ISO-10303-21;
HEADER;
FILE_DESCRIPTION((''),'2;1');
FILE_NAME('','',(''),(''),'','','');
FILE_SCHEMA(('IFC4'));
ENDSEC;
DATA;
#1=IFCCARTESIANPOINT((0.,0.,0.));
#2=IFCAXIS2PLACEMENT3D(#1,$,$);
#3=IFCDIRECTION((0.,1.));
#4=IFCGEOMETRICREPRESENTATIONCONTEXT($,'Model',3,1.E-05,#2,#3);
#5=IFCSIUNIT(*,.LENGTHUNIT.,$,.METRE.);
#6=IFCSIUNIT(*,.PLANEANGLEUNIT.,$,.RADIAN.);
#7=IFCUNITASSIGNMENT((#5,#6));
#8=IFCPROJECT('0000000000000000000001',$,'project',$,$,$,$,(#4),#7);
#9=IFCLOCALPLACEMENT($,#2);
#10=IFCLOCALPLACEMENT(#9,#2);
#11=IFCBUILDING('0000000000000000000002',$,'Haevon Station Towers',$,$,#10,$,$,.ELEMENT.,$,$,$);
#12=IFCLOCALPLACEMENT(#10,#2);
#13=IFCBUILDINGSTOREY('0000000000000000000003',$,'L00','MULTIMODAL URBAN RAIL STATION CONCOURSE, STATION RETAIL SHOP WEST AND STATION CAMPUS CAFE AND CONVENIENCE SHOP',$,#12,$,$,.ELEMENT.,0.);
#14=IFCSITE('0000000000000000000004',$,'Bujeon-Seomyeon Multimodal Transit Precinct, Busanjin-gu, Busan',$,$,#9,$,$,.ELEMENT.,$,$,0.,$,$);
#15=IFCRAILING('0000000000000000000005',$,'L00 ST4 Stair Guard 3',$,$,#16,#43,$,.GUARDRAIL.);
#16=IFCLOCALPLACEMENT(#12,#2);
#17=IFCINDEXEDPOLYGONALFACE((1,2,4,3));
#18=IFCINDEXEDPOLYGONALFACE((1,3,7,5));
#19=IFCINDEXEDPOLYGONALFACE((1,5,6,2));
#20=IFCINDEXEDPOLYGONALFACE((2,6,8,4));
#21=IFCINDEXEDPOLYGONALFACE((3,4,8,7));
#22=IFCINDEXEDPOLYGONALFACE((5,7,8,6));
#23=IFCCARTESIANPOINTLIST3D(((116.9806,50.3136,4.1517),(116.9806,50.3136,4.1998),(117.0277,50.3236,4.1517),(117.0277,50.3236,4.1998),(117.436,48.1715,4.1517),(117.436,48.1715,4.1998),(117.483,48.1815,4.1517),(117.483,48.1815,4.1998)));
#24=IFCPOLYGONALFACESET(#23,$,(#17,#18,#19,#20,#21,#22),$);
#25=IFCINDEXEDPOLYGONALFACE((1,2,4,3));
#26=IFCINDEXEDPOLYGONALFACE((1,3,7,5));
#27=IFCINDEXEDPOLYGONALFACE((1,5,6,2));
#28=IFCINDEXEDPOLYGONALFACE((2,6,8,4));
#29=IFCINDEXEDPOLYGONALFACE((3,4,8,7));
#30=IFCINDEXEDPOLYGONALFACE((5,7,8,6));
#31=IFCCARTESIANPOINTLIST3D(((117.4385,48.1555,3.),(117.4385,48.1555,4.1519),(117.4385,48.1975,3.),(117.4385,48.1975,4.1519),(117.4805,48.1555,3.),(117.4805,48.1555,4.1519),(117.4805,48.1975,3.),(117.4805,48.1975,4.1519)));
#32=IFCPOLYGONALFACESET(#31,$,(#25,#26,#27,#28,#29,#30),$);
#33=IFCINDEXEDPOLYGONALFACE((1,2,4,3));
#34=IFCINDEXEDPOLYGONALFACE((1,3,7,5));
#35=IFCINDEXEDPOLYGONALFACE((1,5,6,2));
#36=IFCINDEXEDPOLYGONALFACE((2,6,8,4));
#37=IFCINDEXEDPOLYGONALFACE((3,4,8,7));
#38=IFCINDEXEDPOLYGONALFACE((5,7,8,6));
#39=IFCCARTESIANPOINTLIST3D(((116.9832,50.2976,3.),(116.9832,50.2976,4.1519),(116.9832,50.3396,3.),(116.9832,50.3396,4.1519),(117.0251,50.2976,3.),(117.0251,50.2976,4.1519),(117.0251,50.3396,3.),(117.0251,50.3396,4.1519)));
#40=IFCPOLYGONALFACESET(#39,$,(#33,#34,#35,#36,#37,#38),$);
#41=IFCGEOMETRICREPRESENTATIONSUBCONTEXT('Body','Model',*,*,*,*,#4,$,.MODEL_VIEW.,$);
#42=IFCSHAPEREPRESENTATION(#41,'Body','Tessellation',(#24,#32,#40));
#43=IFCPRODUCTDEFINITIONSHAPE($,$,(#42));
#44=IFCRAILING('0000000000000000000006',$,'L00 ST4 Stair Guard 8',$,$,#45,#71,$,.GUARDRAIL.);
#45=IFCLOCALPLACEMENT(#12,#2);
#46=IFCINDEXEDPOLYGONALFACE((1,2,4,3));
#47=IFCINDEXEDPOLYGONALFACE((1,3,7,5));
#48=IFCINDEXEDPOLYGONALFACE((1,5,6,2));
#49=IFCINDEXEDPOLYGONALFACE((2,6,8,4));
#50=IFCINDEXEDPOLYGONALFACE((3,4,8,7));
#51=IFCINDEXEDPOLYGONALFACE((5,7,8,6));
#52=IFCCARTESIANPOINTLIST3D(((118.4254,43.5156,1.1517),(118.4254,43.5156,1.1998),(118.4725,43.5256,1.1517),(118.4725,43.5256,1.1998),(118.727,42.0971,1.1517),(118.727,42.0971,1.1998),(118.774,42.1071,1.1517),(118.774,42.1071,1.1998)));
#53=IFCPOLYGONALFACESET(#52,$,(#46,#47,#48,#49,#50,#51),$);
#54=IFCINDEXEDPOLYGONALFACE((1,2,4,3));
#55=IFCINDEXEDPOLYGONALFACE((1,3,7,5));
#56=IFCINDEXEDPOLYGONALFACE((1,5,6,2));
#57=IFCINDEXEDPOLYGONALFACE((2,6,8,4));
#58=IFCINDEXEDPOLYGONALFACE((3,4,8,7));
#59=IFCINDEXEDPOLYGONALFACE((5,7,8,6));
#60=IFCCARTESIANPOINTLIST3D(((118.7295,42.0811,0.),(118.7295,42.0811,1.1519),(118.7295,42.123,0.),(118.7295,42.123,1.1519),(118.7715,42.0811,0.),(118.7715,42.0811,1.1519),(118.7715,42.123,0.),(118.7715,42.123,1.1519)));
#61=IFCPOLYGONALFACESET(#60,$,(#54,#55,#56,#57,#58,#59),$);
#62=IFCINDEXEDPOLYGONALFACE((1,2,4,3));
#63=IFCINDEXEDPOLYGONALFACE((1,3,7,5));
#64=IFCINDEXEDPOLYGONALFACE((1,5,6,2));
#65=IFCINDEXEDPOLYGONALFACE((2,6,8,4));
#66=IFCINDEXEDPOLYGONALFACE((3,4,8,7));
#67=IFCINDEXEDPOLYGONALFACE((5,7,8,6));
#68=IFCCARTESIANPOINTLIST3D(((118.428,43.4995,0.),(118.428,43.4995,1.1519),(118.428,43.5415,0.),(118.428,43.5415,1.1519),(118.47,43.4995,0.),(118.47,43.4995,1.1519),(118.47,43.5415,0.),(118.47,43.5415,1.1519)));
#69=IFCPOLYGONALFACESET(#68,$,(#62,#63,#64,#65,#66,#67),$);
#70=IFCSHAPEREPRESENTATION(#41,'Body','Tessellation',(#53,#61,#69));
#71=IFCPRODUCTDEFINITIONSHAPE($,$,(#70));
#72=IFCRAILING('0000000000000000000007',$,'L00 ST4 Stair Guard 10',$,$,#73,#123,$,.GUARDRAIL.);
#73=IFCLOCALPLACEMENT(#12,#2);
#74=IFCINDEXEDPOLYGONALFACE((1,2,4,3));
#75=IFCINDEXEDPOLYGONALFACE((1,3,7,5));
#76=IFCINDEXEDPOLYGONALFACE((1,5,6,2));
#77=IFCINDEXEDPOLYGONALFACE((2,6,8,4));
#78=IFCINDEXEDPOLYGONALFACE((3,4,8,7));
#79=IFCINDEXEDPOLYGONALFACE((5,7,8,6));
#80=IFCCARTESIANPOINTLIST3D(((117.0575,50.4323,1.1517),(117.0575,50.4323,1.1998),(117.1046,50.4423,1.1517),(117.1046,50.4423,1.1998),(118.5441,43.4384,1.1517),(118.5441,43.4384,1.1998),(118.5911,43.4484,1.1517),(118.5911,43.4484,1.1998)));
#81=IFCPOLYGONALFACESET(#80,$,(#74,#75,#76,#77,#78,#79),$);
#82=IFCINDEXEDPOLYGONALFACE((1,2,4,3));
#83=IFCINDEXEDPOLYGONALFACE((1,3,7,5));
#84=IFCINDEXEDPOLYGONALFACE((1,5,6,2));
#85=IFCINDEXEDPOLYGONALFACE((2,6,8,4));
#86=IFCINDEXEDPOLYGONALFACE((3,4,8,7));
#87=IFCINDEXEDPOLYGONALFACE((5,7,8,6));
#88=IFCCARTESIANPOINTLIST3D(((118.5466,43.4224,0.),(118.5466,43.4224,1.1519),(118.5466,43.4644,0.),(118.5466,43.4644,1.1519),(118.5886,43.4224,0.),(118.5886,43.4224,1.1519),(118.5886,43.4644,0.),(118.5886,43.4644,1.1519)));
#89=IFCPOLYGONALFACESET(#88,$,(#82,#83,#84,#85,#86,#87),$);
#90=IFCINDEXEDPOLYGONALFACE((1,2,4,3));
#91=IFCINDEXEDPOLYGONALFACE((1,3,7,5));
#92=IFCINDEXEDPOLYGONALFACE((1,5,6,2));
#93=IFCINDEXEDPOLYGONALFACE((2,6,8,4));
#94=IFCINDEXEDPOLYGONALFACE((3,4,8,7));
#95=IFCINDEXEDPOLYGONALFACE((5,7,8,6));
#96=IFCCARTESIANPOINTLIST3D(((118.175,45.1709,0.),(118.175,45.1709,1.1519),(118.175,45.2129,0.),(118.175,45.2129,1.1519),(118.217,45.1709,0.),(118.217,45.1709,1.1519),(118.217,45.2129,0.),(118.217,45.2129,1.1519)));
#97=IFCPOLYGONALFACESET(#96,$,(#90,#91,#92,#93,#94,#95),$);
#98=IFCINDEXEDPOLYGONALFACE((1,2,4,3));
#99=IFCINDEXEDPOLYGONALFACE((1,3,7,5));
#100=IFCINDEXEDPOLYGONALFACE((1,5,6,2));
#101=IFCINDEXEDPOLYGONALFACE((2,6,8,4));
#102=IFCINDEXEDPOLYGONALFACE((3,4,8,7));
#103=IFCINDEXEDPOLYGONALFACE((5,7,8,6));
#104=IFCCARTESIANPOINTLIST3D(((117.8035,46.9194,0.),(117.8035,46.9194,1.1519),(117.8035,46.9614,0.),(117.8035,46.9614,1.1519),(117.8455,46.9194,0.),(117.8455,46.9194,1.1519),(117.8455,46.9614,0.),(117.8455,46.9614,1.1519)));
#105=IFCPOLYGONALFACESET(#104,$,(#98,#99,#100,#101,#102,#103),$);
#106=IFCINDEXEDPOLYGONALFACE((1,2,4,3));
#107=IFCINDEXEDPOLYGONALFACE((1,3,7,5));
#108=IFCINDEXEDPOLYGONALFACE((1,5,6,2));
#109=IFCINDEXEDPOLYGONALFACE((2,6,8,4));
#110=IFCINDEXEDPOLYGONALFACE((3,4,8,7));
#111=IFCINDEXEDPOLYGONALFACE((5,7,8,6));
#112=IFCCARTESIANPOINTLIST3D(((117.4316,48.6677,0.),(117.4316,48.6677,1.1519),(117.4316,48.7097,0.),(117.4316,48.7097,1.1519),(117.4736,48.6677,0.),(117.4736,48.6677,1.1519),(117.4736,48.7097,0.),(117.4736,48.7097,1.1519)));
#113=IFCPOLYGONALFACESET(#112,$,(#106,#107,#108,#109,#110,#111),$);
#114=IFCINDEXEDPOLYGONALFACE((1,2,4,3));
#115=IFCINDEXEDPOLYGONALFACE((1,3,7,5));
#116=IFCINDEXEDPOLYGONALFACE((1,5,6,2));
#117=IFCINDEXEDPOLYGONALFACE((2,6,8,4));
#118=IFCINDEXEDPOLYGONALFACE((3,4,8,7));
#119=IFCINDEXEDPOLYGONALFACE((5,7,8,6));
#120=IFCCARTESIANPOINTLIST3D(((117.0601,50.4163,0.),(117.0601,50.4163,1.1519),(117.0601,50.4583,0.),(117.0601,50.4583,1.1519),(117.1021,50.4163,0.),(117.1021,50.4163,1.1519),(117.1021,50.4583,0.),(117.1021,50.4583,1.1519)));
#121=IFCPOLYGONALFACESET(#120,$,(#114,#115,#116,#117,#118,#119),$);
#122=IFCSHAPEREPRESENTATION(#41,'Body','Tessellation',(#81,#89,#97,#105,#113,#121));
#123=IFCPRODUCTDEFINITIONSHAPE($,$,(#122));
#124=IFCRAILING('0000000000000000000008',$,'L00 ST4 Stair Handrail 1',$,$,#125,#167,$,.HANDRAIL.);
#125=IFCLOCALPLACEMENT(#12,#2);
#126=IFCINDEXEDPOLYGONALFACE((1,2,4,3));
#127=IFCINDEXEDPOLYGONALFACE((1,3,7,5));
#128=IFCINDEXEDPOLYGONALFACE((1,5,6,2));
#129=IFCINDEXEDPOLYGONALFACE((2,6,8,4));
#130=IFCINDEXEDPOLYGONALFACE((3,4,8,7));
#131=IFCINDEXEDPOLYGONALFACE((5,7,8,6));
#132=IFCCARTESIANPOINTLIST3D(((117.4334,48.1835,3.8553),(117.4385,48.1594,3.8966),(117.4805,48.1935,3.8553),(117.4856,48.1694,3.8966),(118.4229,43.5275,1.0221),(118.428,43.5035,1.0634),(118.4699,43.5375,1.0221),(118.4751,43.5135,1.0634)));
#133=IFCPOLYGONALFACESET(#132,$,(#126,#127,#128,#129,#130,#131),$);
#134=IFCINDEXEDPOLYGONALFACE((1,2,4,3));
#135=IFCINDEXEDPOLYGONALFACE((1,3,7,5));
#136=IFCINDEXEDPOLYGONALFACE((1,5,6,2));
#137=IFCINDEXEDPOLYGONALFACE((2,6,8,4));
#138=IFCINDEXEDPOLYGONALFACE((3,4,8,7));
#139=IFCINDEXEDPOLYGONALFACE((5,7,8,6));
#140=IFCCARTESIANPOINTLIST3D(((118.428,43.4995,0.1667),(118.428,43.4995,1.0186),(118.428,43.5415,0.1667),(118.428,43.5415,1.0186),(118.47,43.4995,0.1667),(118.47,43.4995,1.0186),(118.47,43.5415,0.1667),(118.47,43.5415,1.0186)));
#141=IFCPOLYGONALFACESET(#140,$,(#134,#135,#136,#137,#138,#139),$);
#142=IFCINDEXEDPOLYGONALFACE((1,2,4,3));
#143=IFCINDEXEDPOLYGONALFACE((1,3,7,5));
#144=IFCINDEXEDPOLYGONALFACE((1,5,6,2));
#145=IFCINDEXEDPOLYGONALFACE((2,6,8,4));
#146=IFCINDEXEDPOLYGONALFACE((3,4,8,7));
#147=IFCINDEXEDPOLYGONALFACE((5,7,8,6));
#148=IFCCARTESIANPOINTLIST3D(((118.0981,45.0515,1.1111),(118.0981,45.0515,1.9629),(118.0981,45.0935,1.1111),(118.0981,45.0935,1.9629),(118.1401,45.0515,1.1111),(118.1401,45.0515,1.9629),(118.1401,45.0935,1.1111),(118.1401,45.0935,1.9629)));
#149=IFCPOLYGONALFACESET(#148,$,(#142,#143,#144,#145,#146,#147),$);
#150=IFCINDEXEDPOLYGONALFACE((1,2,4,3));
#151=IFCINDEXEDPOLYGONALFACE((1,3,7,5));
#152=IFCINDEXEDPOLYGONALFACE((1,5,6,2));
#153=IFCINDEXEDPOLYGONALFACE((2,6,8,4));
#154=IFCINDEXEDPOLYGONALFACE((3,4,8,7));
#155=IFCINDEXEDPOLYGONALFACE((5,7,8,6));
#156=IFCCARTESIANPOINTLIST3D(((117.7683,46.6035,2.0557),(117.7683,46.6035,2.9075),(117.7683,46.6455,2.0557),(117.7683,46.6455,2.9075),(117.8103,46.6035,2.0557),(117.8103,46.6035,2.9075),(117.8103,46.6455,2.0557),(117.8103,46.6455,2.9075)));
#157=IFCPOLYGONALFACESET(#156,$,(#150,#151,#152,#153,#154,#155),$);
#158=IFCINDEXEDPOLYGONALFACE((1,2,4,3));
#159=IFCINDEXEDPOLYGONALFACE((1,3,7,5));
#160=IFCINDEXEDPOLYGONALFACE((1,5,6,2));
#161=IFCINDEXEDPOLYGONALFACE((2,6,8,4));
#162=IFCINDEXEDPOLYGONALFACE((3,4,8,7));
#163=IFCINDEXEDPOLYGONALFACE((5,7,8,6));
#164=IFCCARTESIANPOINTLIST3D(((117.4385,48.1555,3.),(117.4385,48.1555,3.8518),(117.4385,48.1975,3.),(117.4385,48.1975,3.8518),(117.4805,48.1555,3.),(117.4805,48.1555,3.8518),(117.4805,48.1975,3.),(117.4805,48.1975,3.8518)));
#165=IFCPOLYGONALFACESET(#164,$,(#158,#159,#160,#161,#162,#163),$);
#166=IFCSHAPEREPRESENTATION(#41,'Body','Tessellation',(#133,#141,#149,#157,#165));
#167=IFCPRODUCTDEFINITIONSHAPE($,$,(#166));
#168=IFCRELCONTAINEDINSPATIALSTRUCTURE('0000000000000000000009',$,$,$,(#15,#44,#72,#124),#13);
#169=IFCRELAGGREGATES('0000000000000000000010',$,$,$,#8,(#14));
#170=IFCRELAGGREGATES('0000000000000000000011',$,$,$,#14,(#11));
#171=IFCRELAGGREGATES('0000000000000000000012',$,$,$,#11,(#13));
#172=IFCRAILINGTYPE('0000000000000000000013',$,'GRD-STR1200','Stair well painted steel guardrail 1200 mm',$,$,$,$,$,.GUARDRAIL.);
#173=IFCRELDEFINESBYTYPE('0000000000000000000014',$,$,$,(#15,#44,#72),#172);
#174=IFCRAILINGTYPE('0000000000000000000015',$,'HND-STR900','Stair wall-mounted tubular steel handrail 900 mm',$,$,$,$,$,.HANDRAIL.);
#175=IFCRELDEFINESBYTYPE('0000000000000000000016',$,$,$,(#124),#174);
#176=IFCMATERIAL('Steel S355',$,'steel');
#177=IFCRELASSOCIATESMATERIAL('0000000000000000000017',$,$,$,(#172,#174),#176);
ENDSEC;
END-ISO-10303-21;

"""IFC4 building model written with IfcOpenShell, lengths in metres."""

from ifc_helpers import new_model, si_unit, direction, frame, origin, origin_2d, place, context, subcontext, project, spatial, rectangle, extrude, material, type_object, element, save


model = new_model("IFC4")

# Units and contexts
model_context = context("Model", 3, precision=1e-05, world=origin(), true_north=direction((0.0, 1.0)))
body_context = subcontext(model_context, "Body", "Model", "MODEL_VIEW")
ifc_project = project(units=[si_unit("LENGTHUNIT", "METRE"), si_unit("PLANEANGLEUNIT", "RADIAN")], contexts=[model_context])

# Site, building, storey
site_placement = place(None, origin())
site = spatial("IfcSite", under=ifc_project, at=site_placement, Name="Bujeon-Seomyeon Multimodal Transit Precinct, Busanjin-gu, Busan", CompositionType="ELEMENT", RefElevation=0.0)
building_placement = place(site_placement, origin())
building = spatial("IfcBuilding", under=site, at=building_placement, Name="Haevon Station Towers", CompositionType="ELEMENT")
storey_placement = place(building_placement, origin())
storey = spatial("IfcBuildingStorey", under=building, at=storey_placement, Name="L00", Description="MULTIMODAL URBAN RAIL STATION CONCOURSE, STATION RETAIL SHOP WEST AND STATION CAMPUS CAFE AND CONVENIENCE SHOP", CompositionType="ELEMENT", Elevation=0.0)

# Shared definitions
ifc_material_1 = material(Name="Steel S355", Category="steel")

# Railings
railing_type_1 = type_object("IfcRailingType", Name="GRD-STR1200", Description="Stair well painted steel guardrail 1200 mm", PredefinedType="GUARDRAIL", material=ifc_material_1)
railing_1_placement = place(storey_placement, frame((117.4595, 48.1765, 3.0)))
element("IfcRailing", 1, at=railing_1_placement, inside=storey, type_object=railing_type_1, Name="L00 ST4 Stair Guard 3", PredefinedType="GUARDRAIL", context=body_context, shape_type="SweptSolid", body=[
    extrude(rectangle(XDim=0.0481, YDim=0.0481, at=origin_2d()), frame((0.0, 0.0, 1.1758), z_axis=(-0.207915, 0.978147, 0.0), x_axis=(-0.978147, -0.207915, 0.0)), (0.0, 0.0, 1.0), 2.1899),
    extrude(rectangle(XDim=0.042, YDim=0.042, at=origin_2d()), origin(), (0.0, 0.0, 1.0), 1.1519),
    extrude(rectangle(XDim=0.042, YDim=0.042, at=origin_2d()), frame((-0.4553, 2.1421, 0.0)), (0.0, 0.0, 1.0), 1.1519),
])
railing_2_placement = place(storey_placement, frame((118.7505, 42.1021, 0.0)))
element("IfcRailing", 2, at=railing_2_placement, inside=storey, type_object=railing_type_1, Name="L00 ST4 Stair Guard 8", PredefinedType="GUARDRAIL", context=body_context, shape_type="SweptSolid", body=[
    extrude(rectangle(XDim=0.0481, YDim=0.0481, at=origin_2d()), frame((0.0, 0.0, 1.1758), z_axis=(-0.207919, 0.978146, 0.0), x_axis=(-0.978146, -0.207919, 0.0)), (0.0, 0.0, 1.0), 1.4502),
    extrude(rectangle(XDim=0.042, YDim=0.042, at=origin_2d()), origin(), (0.0, 0.0, 1.0), 1.1519),
    extrude(rectangle(XDim=0.042, YDim=0.042, at=origin_2d()), frame((-0.3015, 1.4185, 0.0)), (0.0, 0.0, 1.0), 1.1519),
])
railing_3_placement = place(storey_placement, frame((118.5676, 43.4434, 0.0)))
element("IfcRailing", 3, at=railing_3_placement, inside=storey, type_object=railing_type_1, Name="L00 ST4 Stair Guard 10", PredefinedType="GUARDRAIL", context=body_context, shape_type="SweptSolid", body=[
    extrude(rectangle(XDim=0.0481, YDim=0.0481, at=origin_2d()), frame((0.0, 0.0, 1.1758), z_axis=(-0.207908, 0.978148, 0.0), x_axis=(-0.978148, -0.207908, 0.0)), (0.0, 0.0, 1.0), 7.1501),
    extrude(rectangle(XDim=0.042, YDim=0.042, at=origin_2d()), origin(), (0.0, 0.0, 1.0), 1.1519),
    extrude(rectangle(XDim=0.042, YDim=0.042, at=origin_2d()), frame((-0.3716, 1.7485, 0.0)), (0.0, 0.0, 1.0), 1.1519),
    extrude(rectangle(XDim=0.042, YDim=0.042, at=origin_2d()), frame((-0.7432, 3.4971, 0.0)), (0.0, 0.0, 1.0), 1.1519),
    extrude(rectangle(XDim=0.042, YDim=0.042, at=origin_2d()), frame((-1.115, 5.2454, 0.0)), (0.0, 0.0, 1.0), 1.1519),
    extrude(rectangle(XDim=0.042, YDim=0.042, at=origin_2d()), frame((-1.4866, 6.9939, 0.0)), (0.0, 0.0, 1.0), 1.1519),
])
railing_type_2 = type_object("IfcRailingType", Name="HND-STR900", Description="Stair wall-mounted tubular steel handrail 900 mm", PredefinedType="HANDRAIL", material=ifc_material_1)
railing_4_placement = place(storey_placement, frame((118.449, 43.5205, 0.1667)))
element("IfcRailing", 4, at=railing_4_placement, inside=storey, type_object=railing_type_2, Name="L00 ST4 Stair Handrail 1", PredefinedType="HANDRAIL", context=body_context, shape_type="SweptSolid", body=[
    extrude(rectangle(XDim=0.0481, YDim=0.0481, at=origin_2d()), frame((0.0, 0.0, 0.876), z_axis=(-0.17863, 0.840527, 0.511474), x_axis=(-0.978155, -0.207879, 0.0)), (0.0, 0.0, 1.0), 5.5393),
    extrude(rectangle(XDim=0.042, YDim=0.042, at=origin_2d()), origin(), (0.0, 0.0, 1.0), 0.8518),
    extrude(rectangle(XDim=0.042, YDim=0.042, at=origin_2d()), frame((-0.3298, 1.552, 0.9443)), (0.0, 0.0, 1.0), 0.8518),
    extrude(rectangle(XDim=0.042, YDim=0.042, at=origin_2d()), frame((-0.6597, 3.104, 1.8889)), (0.0, 0.0, 1.0), 0.8518),
    extrude(rectangle(XDim=0.042, YDim=0.042, at=origin_2d()), frame((-0.9895, 4.656, 2.8333)), (0.0, 0.0, 1.0), 0.8518),
])

save(model, "model.ifc")
